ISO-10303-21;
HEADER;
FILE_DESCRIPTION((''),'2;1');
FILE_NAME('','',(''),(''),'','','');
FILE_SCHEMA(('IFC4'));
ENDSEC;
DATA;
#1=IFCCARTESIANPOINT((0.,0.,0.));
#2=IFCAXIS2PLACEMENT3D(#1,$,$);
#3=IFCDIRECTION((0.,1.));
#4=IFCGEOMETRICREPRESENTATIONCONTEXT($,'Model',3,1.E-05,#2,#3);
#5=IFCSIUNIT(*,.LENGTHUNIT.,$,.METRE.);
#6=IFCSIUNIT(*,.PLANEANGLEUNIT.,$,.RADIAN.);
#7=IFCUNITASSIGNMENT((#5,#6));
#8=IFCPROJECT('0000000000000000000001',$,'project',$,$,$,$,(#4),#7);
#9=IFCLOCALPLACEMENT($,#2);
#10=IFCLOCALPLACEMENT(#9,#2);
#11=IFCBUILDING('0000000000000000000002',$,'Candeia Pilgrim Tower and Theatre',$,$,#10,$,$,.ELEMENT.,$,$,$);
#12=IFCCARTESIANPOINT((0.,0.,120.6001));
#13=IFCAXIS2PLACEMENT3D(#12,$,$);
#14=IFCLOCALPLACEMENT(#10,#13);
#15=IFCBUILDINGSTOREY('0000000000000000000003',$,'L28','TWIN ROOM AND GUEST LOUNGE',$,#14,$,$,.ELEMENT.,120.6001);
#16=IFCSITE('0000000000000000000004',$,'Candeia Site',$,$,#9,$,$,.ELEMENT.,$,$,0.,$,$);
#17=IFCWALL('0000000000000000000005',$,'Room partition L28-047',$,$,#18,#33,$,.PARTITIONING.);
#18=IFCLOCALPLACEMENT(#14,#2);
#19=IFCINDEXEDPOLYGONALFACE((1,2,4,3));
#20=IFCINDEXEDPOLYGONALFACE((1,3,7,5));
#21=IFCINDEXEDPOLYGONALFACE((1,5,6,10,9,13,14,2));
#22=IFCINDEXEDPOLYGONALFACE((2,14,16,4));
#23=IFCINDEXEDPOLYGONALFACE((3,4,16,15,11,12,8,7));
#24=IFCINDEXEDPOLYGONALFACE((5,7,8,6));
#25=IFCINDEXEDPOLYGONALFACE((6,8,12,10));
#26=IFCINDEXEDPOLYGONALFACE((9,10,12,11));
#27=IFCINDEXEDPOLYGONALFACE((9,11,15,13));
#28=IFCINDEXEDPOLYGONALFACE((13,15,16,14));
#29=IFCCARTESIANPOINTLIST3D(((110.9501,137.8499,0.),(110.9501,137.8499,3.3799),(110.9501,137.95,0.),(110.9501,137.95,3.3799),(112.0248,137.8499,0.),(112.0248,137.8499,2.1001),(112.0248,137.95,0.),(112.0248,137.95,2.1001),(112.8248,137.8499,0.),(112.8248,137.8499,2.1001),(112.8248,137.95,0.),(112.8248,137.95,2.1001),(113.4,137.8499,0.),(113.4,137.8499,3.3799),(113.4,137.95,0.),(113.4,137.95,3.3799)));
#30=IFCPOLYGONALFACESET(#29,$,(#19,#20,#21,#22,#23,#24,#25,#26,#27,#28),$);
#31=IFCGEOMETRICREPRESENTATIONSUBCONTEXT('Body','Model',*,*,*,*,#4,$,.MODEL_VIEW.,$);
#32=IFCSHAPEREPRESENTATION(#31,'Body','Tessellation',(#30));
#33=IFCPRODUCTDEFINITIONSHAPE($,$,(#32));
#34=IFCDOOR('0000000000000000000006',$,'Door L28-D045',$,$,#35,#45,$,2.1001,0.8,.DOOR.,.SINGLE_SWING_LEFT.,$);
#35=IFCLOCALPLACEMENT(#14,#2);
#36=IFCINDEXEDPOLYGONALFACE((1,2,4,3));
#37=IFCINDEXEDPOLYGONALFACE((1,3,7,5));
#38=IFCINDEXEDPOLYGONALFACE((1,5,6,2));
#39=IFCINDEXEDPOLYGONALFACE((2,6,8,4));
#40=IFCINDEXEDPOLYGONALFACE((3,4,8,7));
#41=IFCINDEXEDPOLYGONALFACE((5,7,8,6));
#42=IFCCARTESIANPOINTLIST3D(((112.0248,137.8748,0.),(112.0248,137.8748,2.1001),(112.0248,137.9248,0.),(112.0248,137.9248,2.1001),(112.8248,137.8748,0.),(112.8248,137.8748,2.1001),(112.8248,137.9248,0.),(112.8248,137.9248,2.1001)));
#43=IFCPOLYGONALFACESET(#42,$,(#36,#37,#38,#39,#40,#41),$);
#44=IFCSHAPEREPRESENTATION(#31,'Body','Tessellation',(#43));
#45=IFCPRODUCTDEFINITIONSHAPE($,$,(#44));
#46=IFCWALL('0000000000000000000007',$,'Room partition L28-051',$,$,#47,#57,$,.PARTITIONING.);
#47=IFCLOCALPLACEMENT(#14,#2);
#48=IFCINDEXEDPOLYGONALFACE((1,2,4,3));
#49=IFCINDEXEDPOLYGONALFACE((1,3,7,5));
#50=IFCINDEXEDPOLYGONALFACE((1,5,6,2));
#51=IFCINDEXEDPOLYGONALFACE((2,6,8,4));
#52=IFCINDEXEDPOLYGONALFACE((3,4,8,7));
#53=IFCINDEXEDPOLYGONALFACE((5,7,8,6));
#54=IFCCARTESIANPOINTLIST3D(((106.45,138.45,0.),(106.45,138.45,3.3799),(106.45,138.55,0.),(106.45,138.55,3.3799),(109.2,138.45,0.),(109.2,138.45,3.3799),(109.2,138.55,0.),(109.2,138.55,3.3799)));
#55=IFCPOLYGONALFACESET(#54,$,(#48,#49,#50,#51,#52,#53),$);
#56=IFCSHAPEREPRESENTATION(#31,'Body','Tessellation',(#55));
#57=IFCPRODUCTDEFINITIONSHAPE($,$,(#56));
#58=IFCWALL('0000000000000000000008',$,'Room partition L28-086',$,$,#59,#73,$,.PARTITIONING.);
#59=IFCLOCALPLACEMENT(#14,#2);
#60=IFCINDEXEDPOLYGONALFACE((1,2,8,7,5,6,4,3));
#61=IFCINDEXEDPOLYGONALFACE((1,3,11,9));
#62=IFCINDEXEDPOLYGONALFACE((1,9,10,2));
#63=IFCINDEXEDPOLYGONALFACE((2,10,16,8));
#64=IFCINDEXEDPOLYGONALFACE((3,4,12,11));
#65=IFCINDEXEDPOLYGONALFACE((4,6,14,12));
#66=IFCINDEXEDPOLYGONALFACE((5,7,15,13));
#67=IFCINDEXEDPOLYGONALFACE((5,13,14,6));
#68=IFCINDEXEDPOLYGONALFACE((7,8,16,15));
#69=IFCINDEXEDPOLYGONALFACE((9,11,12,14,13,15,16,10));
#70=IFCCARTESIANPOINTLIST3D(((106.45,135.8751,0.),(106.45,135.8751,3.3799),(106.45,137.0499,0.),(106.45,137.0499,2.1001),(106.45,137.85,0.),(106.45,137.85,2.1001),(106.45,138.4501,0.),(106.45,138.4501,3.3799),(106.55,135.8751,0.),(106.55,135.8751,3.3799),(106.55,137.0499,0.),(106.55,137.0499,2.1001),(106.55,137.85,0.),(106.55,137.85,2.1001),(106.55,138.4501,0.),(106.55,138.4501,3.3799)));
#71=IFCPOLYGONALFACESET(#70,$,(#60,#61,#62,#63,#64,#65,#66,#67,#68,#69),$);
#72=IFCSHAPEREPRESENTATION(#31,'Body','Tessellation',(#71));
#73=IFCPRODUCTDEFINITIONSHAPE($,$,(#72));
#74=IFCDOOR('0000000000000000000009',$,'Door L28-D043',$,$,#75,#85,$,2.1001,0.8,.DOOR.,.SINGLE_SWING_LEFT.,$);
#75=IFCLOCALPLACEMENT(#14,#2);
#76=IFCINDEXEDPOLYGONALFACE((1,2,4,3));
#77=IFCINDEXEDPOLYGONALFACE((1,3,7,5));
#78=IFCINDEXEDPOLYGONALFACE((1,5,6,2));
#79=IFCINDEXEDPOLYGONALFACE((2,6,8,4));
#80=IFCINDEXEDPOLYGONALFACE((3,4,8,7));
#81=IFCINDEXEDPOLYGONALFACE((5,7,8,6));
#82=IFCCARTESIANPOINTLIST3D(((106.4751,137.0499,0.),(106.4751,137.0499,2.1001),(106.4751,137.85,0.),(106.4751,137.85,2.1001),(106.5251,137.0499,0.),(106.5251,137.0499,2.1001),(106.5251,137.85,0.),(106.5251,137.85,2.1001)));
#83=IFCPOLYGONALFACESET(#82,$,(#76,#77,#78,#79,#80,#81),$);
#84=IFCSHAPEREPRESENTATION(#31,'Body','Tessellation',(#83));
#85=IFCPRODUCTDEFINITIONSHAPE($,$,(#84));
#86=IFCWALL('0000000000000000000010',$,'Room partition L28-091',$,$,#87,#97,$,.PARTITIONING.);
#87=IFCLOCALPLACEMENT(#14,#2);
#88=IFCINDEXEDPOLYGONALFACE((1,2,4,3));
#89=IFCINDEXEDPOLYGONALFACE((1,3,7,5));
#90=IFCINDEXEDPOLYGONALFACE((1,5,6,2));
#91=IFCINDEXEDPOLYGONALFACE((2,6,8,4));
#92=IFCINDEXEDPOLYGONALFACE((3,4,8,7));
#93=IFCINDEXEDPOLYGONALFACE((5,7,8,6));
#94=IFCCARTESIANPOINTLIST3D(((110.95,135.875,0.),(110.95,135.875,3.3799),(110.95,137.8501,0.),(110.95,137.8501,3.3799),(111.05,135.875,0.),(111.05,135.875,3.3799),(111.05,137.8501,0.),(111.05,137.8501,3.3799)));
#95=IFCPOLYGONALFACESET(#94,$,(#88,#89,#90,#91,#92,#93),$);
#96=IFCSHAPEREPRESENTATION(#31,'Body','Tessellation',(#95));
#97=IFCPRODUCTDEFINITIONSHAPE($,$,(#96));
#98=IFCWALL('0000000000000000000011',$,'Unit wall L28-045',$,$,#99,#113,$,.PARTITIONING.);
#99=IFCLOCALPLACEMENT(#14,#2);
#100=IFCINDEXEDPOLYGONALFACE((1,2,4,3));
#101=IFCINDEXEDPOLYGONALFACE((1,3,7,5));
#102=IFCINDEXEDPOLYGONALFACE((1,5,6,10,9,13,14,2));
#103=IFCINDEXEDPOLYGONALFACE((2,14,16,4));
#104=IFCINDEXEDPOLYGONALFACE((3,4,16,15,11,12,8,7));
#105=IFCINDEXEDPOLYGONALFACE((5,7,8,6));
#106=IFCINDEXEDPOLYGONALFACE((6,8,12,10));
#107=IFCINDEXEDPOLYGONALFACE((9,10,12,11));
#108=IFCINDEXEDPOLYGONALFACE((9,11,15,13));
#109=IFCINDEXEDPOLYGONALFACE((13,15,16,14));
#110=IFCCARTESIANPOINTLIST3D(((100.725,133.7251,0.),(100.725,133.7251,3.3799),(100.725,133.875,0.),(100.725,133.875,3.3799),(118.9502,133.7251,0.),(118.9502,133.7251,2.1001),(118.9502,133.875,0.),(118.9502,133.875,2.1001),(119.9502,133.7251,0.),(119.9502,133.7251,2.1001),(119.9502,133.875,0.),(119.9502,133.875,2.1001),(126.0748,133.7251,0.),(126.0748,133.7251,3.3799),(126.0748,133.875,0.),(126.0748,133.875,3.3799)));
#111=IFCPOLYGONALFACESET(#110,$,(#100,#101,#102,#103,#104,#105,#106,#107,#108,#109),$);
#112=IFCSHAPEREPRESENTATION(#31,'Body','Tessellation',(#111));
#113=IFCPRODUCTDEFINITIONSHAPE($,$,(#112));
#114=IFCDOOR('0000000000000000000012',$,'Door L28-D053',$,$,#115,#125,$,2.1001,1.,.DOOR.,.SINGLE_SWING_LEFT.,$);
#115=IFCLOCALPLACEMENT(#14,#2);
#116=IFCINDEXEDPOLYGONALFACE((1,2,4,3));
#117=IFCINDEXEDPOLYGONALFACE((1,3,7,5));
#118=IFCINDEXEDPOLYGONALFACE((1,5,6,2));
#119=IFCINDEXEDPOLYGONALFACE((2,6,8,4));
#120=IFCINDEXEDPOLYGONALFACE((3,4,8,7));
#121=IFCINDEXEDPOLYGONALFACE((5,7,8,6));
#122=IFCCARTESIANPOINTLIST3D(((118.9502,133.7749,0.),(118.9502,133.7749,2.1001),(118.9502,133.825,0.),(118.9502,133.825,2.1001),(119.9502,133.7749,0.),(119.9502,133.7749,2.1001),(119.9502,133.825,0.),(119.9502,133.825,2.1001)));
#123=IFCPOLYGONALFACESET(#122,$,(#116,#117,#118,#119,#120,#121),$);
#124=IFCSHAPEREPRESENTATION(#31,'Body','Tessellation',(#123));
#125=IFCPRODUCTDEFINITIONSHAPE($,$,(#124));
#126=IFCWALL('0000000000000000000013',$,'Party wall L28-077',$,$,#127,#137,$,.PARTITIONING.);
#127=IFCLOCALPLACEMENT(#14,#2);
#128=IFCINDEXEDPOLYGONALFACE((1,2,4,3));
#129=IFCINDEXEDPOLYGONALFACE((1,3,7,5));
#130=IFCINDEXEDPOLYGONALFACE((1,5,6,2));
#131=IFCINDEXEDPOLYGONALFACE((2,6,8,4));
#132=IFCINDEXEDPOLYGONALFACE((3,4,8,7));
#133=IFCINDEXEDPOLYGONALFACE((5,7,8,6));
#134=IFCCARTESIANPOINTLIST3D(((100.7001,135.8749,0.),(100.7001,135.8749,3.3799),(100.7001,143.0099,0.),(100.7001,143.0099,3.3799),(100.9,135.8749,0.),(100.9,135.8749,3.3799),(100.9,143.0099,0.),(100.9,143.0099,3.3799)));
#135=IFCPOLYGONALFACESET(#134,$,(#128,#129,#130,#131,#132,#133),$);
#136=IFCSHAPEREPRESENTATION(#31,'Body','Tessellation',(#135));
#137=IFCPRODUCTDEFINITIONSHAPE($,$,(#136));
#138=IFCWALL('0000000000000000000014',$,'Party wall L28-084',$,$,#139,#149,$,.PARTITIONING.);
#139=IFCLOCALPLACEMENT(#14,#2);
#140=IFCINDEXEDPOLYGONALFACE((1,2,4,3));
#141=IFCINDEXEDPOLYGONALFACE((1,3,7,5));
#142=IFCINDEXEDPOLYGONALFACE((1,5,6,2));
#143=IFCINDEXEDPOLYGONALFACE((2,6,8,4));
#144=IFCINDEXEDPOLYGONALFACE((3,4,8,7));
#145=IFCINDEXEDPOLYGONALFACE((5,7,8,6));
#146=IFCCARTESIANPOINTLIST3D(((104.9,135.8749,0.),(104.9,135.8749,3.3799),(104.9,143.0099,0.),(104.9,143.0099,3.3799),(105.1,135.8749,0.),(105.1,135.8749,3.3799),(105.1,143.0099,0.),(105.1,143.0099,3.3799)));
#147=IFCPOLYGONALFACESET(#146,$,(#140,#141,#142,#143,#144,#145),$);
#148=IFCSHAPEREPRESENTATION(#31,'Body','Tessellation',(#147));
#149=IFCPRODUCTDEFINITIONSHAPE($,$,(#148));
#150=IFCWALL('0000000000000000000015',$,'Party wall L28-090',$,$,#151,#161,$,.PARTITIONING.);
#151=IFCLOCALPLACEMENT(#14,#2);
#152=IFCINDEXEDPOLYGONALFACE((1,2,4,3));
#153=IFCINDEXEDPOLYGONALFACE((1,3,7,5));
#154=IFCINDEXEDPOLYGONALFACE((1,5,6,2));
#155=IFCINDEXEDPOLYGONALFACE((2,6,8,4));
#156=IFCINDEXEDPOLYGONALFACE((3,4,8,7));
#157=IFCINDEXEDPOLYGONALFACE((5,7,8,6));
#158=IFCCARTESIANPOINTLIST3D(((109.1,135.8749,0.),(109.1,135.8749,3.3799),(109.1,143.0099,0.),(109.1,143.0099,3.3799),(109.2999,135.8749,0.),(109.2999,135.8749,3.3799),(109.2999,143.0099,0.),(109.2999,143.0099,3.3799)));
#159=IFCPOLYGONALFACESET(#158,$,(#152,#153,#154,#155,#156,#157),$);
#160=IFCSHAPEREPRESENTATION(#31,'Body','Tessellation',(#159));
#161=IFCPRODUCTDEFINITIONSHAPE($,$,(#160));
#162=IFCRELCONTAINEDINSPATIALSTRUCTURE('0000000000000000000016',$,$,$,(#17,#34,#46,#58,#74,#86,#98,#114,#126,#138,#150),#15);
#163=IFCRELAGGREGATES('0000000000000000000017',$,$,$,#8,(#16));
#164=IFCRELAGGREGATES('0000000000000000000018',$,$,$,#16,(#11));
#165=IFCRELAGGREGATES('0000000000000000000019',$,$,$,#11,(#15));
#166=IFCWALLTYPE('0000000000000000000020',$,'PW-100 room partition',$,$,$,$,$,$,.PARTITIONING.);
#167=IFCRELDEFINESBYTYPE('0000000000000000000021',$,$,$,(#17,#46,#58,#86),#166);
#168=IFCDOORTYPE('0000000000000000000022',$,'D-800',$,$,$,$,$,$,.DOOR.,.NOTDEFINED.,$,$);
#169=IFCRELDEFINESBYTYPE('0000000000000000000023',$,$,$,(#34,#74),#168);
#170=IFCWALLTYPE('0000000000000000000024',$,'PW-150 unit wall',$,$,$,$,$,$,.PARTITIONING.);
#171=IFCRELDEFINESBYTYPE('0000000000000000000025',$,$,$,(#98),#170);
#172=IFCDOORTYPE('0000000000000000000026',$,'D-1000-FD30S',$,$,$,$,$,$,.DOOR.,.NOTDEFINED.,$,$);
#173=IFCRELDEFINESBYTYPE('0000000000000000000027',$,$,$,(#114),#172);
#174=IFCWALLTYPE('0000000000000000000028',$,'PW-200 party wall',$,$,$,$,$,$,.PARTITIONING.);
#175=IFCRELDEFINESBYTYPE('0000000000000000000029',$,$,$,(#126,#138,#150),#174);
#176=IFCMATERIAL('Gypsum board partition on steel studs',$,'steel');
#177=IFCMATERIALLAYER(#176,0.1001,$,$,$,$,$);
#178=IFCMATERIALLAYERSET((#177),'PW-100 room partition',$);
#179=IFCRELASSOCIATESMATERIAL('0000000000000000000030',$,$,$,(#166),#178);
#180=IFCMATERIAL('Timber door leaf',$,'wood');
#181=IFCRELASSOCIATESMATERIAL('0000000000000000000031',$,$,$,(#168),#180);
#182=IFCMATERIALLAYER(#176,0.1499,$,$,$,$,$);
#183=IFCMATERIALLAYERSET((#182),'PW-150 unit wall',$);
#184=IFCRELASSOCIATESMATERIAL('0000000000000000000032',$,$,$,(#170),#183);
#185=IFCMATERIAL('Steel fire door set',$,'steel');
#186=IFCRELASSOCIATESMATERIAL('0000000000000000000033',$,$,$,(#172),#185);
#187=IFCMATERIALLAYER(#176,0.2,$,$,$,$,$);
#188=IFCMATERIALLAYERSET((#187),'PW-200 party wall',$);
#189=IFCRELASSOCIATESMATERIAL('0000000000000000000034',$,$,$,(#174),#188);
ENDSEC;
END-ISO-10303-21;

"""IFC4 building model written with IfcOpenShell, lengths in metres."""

from ifc_helpers import new_model, si_unit, direction, frame, frame_2d, origin, place, context, subcontext, project, spatial, rectangle, extrude, material, layer, layer_set, type_object, element, fill, save


model = new_model("IFC4")

# Units and contexts
model_context = context("Model", 3, precision=1e-05, world=origin(), true_north=direction((0.0, 1.0)))
body_context = subcontext(model_context, "Body", "Model", "MODEL_VIEW")
ifc_project = project(units=[si_unit("LENGTHUNIT", "METRE"), si_unit("PLANEANGLEUNIT", "RADIAN")], contexts=[model_context])

# Site, building, storey
site_placement = place(None, origin())
site = spatial("IfcSite", under=ifc_project, at=site_placement, Name="Candeia Site", CompositionType="ELEMENT", RefElevation=0.0)
building_placement = place(site_placement, origin())
building = spatial("IfcBuilding", under=site, at=building_placement, Name="Candeia Pilgrim Tower and Theatre", CompositionType="ELEMENT")
storey_placement = place(building_placement, frame((0.0, 0.0, 120.6001)))
storey = spatial("IfcBuildingStorey", under=building, at=storey_placement, Name="L28", Description="TWIN ROOM AND GUEST LOUNGE", CompositionType="ELEMENT", Elevation=120.6001)

# Wall, opening, door
ifc_material_1 = material(Name="Gypsum board partition on steel studs", Category="steel")
ifc_layer_1 = layer(ifc_material_1, 0.1001)
ifc_layer_set_1 = layer_set([ifc_layer_1], Name="PW-100 room partition")
wall_type_1 = type_object("IfcWallType", Name="PW-100 room partition", PredefinedType="PARTITIONING", material=ifc_layer_set_1)
wall_1_placement = place(storey_placement, frame((110.95, 137.8999, 0.0), z_axis=(0.0, 0.0, 1.0), x_axis=(1.0, 0.0, 0.0)))
wall_1 = element("IfcWall", 1, at=wall_1_placement, inside=storey, type_object=wall_type_1, Name="Room partition L28-047", PredefinedType="PARTITIONING", context=body_context, shape_type="SweptSolid", body=[
    extrude(rectangle(XDim=2.45, YDim=0.1001, at=frame_2d((1.2251, 0.0))), origin(), (0.0, 0.0, 1.0), 3.3799),
])
opening_1_placement = place(wall_1_placement, frame((1.075, 0.0, 0.0)))
opening_1 = element("IfcOpeningElement", 2, at=opening_1_placement, cuts=wall_1, PredefinedType="OPENING", context=body_context, shape_type="SweptSolid", body=[
    extrude(rectangle(XDim=0.8, YDim=2.1001, at=frame_2d((0.3999, 1.05))), frame((0.0, 0.0601, 0.0), z_axis=(0.0, -1.0, 0.0), x_axis=(1.0, 0.0, 0.0)), (0.0, 0.0, 1.0), 0.1201),
])
ifc_material_2 = material(Name="Timber door leaf", Category="wood")
door_type_1 = type_object("IfcDoorType", Name="D-800", OperationType="NOTDEFINED", PredefinedType="DOOR", material=ifc_material_2)
door_1_placement = place(opening_1_placement, origin())
door_1 = element("IfcDoor", 3, at=door_1_placement, inside=storey, type_object=door_type_1, Name="Door L28-D045", OperationType="SINGLE_SWING_LEFT", OverallHeight=2.1001, OverallWidth=0.8, PredefinedType="DOOR", context=body_context, shape_type="SweptSolid", body=[
    extrude(rectangle(XDim=0.8, YDim=2.1001, at=frame_2d((0.3999, 1.05))), frame((0.0, 0.0249, 0.0), z_axis=(0.0, -1.0, 0.0), x_axis=(1.0, 0.0, 0.0)), (0.0, 0.0, 1.0), 0.05),
])
fill(opening_1, door_1)

# Wall
wall_2_placement = place(storey_placement, frame((106.45, 138.5, 0.0), z_axis=(0.0, 0.0, 1.0), x_axis=(1.0, 0.0, 0.0)))
element("IfcWall", 4, at=wall_2_placement, inside=storey, type_object=wall_type_1, Name="Room partition L28-051", PredefinedType="PARTITIONING", context=body_context, shape_type="SweptSolid", body=[
    extrude(rectangle(XDim=2.75, YDim=0.1001, at=frame_2d((1.375, 0.0))), origin(), (0.0, 0.0, 1.0), 3.3799),
])

# Wall, opening, door
wall_3_placement = place(storey_placement, frame((106.5, 135.875, 0.0), z_axis=(0.0, 0.0, 1.0), x_axis=(0.0, 1.0, 0.0)))
wall_3 = element("IfcWall", 5, at=wall_3_placement, inside=storey, type_object=wall_type_1, Name="Room partition L28-086", PredefinedType="PARTITIONING", context=body_context, shape_type="SweptSolid", body=[
    extrude(rectangle(XDim=2.575, YDim=0.1001, at=frame_2d((1.2876, 0.0))), origin(), (0.0, 0.0, 1.0), 3.3799),
])
opening_2_placement = place(wall_3_placement, frame((1.175, 0.0, 0.0)))
opening_2 = element("IfcOpeningElement", 6, at=opening_2_placement, cuts=wall_3, PredefinedType="OPENING", context=body_context, shape_type="SweptSolid", body=[
    extrude(rectangle(XDim=0.8, YDim=2.1001, at=frame_2d((0.3999, 1.05))), frame((0.0, 0.0601, 0.0), z_axis=(0.0, -1.0, 0.0), x_axis=(1.0, 0.0, 0.0)), (0.0, 0.0, 1.0), 0.1201),
])
door_2_placement = place(opening_2_placement, origin())
door_2 = element("IfcDoor", 7, at=door_2_placement, inside=storey, type_object=door_type_1, Name="Door L28-D043", OperationType="SINGLE_SWING_LEFT", OverallHeight=2.1001, OverallWidth=0.8, PredefinedType="DOOR", context=body_context, shape_type="SweptSolid", body=[
    extrude(rectangle(XDim=0.8, YDim=2.1001, at=frame_2d((0.3999, 1.05))), frame((0.0, 0.0249, 0.0), z_axis=(0.0, -1.0, 0.0), x_axis=(1.0, 0.0, 0.0)), (0.0, 0.0, 1.0), 0.05),
])
fill(opening_2, door_2)

# Wall
wall_4_placement = place(storey_placement, frame((111.0, 135.875, 0.0), z_axis=(0.0, 0.0, 1.0), x_axis=(0.0, 1.0, 0.0)))
element("IfcWall", 8, at=wall_4_placement, inside=storey, type_object=wall_type_1, Name="Room partition L28-091", PredefinedType="PARTITIONING", context=body_context, shape_type="SweptSolid", body=[
    extrude(rectangle(XDim=1.9751, YDim=0.1001, at=frame_2d((0.9875, 0.0))), origin(), (0.0, 0.0, 1.0), 3.3799),
])

# Wall, opening, door
ifc_layer_2 = layer(ifc_material_1, 0.1499)
ifc_layer_set_2 = layer_set([ifc_layer_2], Name="PW-150 unit wall")
wall_type_2 = type_object("IfcWallType", Name="PW-150 unit wall", PredefinedType="PARTITIONING", material=ifc_layer_set_2)
wall_5_placement = place(storey_placement, frame((100.7251, 133.8, 0.0), z_axis=(0.0, 0.0, 1.0), x_axis=(1.0, 0.0, 0.0)))
wall_5 = element("IfcWall", 9, at=wall_5_placement, inside=storey, type_object=wall_type_2, Name="Unit wall L28-045", PredefinedType="PARTITIONING", context=body_context, shape_type="SweptSolid", body=[
    extrude(rectangle(XDim=25.3499, YDim=0.1499, at=frame_2d((12.6748, 0.0))), origin(), (0.0, 0.0, 1.0), 3.3799),
])
opening_3_placement = place(wall_5_placement, frame((18.2251, 0.0, 0.0)))
opening_3 = element("IfcOpeningElement", 10, at=opening_3_placement, cuts=wall_5, PredefinedType="OPENING", context=body_context, shape_type="SweptSolid", body=[
    extrude(rectangle(XDim=1.0, YDim=2.1001, at=frame_2d((0.5, 1.05))), frame((0.0, 0.085, 0.0), z_axis=(0.0, -1.0, 0.0), x_axis=(1.0, 0.0, 0.0)), (0.0, 0.0, 1.0), 0.1699),
])
ifc_material_3 = material(Name="Steel fire door set", Category="steel")
door_type_2 = type_object("IfcDoorType", Name="D-1000-FD30S", OperationType="NOTDEFINED", PredefinedType="DOOR", material=ifc_material_3)
door_3_placement = place(opening_3_placement, origin())
door_3 = element("IfcDoor", 11, at=door_3_placement, inside=storey, type_object=door_type_2, Name="Door L28-D053", OperationType="SINGLE_SWING_LEFT", OverallHeight=2.1001, OverallWidth=1.0, PredefinedType="DOOR", context=body_context, shape_type="SweptSolid", body=[
    extrude(rectangle(XDim=1.0, YDim=2.1001, at=frame_2d((0.5, 1.05))), frame((0.0, 0.0249, 0.0), z_axis=(0.0, -1.0, 0.0), x_axis=(1.0, 0.0, 0.0)), (0.0, 0.0, 1.0), 0.05),
])
fill(opening_3, door_3)

# Walls
ifc_layer_3 = layer(ifc_material_1, 0.2)
ifc_layer_set_3 = layer_set([ifc_layer_3], Name="PW-200 party wall")
wall_type_3 = type_object("IfcWallType", Name="PW-200 party wall", PredefinedType="PARTITIONING", material=ifc_layer_set_3)
for number, where, z_axis, x_axis, name in (
    (12, (100.8, 135.875, 0.0), (0.0, 0.0, 1.0), (0.0, 1.0, 0.0), "Party wall L28-077"),
    (13, (105.0, 135.875, 0.0), (0.0, 0.0, 1.0), (0.0, 1.0, 0.0), "Party wall L28-084"),
    (14, (109.2, 135.875, 0.0), (0.0, 0.0, 1.0), (0.0, 1.0, 0.0), "Party wall L28-090"),
):
    element("IfcWall", number, at=place(storey_placement, frame(where, z_axis=z_axis, x_axis=x_axis)), inside=storey, type_object=wall_type_3, Name=name, PredefinedType="PARTITIONING", context=body_context, shape_type="SweptSolid", body=[
        extrude(rectangle(XDim=7.135, YDim=0.2, at=frame_2d((3.5674, 0.0))), origin(), (0.0, 0.0, 1.0), 3.3799),
    ])

save(model, "model.ifc")
